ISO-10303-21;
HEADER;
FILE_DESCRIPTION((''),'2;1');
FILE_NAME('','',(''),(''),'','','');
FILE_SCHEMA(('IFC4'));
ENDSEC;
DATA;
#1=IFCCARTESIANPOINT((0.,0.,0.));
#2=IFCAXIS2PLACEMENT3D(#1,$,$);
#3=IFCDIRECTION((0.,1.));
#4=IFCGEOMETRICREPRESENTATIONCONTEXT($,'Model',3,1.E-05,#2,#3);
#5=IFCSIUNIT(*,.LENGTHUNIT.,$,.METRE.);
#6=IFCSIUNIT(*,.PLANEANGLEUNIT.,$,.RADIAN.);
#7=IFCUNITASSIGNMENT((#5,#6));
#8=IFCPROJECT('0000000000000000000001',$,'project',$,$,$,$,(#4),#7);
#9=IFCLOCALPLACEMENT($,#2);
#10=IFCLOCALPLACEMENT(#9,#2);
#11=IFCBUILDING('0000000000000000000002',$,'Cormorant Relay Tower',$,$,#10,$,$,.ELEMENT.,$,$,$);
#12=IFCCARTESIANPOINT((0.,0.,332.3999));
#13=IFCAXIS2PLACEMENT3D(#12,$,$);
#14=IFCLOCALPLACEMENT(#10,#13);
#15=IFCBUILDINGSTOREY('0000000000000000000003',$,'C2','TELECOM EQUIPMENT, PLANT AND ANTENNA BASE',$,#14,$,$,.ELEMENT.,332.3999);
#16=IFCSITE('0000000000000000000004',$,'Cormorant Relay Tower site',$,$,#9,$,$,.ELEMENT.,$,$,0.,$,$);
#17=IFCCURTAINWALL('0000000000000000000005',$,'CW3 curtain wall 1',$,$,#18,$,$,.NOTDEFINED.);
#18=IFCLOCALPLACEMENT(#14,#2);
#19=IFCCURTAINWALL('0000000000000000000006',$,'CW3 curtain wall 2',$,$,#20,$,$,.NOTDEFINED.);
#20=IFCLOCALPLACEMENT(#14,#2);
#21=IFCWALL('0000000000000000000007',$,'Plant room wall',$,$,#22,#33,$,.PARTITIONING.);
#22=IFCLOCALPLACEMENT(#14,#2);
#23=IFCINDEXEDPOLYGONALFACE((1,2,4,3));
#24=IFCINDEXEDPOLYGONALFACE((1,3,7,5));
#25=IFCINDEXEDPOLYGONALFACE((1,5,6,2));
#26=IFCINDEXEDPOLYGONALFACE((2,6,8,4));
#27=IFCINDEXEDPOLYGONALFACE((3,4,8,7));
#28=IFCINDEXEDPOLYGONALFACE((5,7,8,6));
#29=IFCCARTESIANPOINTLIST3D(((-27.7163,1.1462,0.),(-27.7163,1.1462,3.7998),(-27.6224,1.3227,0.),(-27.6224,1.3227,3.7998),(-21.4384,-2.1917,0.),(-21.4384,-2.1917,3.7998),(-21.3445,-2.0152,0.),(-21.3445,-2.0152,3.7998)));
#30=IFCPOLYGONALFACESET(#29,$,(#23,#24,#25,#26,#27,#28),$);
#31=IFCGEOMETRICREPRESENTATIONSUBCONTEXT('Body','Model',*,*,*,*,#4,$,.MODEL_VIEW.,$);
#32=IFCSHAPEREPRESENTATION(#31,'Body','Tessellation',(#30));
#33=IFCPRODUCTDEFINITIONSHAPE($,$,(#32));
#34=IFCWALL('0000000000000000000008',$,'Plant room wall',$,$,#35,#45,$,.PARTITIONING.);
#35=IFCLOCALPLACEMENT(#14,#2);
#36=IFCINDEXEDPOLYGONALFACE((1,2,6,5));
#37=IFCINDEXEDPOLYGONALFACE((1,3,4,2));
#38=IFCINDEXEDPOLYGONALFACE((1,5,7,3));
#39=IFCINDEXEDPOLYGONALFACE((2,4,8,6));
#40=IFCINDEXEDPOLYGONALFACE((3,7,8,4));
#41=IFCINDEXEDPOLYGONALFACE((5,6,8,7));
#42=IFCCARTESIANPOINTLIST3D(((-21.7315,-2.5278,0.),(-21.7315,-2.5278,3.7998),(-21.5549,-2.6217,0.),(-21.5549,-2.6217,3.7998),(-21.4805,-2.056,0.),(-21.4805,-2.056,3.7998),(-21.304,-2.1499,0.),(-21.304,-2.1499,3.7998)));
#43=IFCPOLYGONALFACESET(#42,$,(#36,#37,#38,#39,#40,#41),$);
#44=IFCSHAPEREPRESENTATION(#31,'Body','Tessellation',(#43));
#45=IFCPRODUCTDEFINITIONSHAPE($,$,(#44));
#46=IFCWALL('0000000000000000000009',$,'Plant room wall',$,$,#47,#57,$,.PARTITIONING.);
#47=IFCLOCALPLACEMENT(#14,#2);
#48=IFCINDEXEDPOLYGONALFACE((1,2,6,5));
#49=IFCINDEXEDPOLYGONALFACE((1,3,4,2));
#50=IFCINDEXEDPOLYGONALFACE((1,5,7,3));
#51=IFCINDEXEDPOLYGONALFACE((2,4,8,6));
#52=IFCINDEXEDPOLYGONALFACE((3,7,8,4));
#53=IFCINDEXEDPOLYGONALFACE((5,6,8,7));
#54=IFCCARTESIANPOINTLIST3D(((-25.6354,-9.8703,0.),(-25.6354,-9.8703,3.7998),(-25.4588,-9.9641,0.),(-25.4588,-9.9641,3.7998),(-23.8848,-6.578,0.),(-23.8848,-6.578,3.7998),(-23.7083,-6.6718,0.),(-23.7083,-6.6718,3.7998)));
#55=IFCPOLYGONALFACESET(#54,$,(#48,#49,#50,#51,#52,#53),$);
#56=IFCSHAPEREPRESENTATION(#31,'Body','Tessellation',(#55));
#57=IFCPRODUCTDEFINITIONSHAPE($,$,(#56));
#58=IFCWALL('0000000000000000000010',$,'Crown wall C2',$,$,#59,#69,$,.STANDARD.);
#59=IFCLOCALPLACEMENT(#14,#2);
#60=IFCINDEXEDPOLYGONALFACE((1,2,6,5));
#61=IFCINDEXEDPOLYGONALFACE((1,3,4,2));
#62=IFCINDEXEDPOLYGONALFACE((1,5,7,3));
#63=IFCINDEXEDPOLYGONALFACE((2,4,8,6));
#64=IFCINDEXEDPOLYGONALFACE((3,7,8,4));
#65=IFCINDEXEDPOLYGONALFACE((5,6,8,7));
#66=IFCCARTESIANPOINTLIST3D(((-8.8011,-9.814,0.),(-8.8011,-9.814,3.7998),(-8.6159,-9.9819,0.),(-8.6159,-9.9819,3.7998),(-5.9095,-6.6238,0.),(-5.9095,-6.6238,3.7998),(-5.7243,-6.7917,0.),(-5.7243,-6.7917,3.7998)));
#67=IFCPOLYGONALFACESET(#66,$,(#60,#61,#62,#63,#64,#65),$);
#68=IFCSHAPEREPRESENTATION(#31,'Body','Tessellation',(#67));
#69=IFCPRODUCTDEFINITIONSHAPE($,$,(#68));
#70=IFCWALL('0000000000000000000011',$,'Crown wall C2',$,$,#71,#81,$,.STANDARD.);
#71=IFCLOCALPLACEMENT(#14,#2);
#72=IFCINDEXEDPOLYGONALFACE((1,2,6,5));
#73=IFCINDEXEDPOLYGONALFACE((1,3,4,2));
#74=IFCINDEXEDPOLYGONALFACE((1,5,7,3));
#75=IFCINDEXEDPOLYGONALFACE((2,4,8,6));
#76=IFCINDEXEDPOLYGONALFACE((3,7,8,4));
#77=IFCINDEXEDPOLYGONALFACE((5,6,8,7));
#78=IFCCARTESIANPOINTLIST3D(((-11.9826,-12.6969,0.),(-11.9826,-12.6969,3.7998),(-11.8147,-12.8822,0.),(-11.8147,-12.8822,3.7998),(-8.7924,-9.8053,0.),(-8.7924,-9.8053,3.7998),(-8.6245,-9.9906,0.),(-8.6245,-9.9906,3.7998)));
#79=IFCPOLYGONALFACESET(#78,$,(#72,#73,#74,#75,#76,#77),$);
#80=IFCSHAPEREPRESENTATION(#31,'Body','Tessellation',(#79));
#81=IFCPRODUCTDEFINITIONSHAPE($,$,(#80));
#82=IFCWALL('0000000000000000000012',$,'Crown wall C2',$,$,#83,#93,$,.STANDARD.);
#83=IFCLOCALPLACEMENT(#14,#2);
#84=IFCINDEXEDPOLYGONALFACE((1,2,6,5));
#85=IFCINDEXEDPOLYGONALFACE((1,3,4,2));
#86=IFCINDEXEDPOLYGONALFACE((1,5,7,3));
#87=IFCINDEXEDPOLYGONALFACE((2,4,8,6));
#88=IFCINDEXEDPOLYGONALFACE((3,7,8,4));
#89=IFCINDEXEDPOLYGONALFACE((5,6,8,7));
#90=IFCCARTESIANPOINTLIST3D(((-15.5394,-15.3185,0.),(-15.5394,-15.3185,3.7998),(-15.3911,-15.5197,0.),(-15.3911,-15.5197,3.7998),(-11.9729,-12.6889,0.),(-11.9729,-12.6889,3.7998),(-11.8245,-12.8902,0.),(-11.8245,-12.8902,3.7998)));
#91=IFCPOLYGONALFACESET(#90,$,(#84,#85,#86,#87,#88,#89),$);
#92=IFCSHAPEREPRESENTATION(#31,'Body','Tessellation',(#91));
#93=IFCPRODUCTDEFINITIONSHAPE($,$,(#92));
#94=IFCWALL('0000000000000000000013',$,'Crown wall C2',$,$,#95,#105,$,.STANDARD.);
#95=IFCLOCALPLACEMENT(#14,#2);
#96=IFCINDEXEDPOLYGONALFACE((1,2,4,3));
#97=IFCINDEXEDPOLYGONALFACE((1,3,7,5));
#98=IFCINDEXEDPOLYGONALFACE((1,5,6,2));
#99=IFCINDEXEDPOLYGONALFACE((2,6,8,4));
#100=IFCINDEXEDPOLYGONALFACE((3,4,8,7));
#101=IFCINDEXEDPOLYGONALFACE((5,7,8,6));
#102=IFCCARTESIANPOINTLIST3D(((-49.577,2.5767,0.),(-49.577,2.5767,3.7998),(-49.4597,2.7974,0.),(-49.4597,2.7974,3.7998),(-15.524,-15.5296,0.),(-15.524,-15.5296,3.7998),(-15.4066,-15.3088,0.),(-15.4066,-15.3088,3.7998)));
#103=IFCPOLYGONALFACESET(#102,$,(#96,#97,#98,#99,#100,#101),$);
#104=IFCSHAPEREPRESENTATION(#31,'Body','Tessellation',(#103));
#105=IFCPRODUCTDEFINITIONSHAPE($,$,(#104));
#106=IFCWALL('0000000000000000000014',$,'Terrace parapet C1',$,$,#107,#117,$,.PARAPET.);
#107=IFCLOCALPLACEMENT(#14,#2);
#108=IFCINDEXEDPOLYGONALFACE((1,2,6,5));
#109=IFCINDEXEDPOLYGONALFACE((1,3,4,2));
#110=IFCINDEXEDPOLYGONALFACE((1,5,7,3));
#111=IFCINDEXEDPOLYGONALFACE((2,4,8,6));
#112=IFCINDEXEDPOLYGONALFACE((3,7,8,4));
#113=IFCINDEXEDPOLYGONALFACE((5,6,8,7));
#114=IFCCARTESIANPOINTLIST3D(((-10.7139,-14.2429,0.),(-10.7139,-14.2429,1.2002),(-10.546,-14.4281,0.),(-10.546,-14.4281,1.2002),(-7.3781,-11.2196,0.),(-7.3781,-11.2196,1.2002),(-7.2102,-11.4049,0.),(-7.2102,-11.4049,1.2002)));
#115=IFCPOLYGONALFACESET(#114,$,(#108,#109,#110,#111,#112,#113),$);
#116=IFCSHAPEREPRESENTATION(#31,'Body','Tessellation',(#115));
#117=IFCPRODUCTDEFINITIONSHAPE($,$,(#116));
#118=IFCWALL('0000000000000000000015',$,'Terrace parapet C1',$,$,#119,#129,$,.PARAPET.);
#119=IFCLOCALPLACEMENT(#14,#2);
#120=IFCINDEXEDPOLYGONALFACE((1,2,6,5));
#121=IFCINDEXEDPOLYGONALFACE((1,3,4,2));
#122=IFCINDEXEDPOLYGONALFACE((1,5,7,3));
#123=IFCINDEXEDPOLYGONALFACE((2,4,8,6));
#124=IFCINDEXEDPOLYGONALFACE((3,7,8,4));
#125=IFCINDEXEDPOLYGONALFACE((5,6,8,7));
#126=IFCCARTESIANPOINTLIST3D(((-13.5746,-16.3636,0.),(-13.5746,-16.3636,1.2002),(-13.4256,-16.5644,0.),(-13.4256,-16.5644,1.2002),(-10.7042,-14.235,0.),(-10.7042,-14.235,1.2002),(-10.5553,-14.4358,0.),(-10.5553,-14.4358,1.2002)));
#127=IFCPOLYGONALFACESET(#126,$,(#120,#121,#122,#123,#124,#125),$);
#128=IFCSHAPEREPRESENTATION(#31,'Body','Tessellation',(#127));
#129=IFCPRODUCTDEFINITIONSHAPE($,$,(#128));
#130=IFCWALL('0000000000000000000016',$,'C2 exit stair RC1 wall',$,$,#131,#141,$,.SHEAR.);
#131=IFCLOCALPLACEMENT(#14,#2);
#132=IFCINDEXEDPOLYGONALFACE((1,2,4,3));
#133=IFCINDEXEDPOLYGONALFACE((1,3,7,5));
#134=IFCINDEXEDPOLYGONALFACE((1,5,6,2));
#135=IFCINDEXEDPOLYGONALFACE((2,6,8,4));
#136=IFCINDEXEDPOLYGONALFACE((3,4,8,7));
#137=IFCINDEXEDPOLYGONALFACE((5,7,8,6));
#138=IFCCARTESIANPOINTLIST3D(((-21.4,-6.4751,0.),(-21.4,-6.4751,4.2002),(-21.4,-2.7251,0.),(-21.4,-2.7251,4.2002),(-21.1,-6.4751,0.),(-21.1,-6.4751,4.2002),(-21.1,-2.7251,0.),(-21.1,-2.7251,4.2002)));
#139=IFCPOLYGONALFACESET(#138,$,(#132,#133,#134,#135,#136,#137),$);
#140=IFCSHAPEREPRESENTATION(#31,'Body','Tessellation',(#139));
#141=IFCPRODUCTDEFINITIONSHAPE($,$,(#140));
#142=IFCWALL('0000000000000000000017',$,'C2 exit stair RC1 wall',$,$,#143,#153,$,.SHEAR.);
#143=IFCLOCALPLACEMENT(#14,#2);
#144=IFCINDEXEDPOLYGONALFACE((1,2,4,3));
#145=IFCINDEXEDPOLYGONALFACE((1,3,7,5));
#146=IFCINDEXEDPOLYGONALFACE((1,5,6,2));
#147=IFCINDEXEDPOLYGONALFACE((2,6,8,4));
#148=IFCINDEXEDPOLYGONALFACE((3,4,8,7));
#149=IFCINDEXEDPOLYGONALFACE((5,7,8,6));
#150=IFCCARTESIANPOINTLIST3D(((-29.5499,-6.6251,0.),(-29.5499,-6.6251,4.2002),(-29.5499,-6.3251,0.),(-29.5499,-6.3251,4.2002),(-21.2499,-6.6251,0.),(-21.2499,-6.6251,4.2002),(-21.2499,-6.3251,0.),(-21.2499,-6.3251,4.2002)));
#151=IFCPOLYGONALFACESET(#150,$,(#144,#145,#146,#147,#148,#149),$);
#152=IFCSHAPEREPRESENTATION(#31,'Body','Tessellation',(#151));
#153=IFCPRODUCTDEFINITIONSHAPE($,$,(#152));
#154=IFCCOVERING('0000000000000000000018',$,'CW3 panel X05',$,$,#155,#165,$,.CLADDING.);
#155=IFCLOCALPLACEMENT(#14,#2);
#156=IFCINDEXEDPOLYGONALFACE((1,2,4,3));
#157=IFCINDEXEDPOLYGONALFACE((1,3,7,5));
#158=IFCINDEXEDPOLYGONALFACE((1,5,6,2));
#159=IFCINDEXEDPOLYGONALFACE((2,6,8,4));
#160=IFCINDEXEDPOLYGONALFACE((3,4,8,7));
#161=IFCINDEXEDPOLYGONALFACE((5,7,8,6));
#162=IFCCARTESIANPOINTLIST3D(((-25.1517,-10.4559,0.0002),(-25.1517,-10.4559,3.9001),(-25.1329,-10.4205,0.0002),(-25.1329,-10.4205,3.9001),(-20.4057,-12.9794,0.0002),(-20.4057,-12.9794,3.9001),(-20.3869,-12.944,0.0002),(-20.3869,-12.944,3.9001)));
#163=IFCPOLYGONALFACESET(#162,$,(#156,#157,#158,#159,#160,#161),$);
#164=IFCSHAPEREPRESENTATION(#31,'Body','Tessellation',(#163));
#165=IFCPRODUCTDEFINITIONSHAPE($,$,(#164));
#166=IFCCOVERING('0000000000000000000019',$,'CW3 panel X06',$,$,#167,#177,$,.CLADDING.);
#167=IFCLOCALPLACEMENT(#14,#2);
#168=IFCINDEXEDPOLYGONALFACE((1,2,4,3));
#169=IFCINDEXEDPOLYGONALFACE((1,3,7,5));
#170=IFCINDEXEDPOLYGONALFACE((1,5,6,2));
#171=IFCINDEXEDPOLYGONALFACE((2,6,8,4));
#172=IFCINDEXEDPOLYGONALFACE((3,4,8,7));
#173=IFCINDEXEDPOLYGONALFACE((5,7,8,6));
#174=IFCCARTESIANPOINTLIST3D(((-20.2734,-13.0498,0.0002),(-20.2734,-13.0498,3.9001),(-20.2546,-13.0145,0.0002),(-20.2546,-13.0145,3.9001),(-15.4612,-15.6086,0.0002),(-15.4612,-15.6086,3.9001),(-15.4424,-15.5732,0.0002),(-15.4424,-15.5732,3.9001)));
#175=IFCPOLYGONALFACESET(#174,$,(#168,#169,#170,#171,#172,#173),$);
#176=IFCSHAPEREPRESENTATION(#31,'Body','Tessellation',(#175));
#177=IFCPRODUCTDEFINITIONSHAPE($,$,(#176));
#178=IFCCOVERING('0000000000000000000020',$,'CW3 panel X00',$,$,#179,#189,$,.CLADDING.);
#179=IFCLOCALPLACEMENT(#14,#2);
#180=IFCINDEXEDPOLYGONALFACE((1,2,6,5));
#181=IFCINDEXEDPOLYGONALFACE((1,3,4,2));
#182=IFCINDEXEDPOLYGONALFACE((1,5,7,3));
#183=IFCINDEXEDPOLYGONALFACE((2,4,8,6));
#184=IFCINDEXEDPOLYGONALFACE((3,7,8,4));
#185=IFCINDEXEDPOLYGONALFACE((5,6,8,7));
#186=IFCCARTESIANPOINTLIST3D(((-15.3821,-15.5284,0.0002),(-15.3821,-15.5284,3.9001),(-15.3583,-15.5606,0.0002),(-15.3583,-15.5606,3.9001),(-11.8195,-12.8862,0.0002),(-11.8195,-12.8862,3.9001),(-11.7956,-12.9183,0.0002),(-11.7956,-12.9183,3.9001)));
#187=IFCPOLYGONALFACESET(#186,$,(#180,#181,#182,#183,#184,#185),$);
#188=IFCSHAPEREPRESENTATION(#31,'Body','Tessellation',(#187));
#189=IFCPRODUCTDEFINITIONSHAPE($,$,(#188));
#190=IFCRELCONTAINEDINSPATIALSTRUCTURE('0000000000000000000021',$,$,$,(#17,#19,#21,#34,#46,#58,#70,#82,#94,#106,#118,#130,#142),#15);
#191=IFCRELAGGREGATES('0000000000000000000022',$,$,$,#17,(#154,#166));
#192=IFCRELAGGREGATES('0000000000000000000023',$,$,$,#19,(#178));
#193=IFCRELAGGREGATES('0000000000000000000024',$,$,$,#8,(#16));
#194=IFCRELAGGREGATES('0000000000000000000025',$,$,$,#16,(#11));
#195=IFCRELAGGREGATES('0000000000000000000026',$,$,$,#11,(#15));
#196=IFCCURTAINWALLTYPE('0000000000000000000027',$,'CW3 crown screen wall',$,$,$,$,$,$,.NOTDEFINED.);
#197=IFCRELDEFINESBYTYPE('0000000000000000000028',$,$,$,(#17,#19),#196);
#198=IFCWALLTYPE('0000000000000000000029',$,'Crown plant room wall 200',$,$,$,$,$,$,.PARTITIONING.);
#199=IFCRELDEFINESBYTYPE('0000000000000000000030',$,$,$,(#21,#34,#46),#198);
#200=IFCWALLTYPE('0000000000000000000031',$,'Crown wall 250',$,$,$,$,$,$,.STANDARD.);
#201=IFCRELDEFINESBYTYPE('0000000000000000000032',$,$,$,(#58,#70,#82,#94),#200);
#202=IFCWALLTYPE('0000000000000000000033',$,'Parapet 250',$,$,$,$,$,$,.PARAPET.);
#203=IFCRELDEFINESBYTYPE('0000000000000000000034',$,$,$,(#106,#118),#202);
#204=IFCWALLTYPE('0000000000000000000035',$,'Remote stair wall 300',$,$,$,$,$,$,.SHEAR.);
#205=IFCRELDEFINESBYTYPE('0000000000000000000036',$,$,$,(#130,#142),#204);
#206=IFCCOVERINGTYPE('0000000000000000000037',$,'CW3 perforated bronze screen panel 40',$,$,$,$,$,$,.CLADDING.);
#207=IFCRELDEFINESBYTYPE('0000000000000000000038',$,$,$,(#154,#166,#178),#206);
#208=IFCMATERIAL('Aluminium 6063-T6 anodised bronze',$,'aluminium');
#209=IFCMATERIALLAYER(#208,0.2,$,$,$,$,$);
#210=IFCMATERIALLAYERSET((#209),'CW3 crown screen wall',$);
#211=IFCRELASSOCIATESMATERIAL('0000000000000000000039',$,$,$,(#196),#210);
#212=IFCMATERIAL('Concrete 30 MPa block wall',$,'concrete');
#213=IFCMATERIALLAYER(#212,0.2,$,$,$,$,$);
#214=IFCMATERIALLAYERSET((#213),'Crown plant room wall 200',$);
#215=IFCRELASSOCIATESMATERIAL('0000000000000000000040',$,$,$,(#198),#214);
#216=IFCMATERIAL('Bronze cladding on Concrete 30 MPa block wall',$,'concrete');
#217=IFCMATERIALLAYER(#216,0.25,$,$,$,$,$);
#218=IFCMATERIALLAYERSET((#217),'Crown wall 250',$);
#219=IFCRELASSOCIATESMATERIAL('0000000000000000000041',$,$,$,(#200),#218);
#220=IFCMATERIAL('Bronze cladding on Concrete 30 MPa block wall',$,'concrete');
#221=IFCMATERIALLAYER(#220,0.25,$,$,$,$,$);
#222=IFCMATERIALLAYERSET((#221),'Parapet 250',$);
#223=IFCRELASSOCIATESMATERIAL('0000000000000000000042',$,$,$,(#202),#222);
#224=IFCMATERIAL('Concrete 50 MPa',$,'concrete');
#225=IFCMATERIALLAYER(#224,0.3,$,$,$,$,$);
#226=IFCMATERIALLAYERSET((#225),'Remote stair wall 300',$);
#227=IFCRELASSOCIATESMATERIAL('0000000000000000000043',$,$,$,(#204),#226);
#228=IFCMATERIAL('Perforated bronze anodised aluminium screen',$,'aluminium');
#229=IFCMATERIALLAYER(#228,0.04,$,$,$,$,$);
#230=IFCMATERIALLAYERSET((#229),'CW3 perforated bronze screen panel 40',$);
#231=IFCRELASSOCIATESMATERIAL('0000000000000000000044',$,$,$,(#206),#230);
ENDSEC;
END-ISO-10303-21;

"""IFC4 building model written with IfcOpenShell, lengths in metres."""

from ifc_helpers import new_model, si_unit, direction, frame, frame_2d, origin, origin_2d, place, context, subcontext, project, spatial, rectangle, extrude, material, layer, layer_set, type_object, element, aggregate, save


model = new_model("IFC4")

# Units and contexts
model_context = context("Model", 3, precision=1e-05, world=origin(), true_north=direction((0.0, 1.0)))
body_context = subcontext(model_context, "Body", "Model", "MODEL_VIEW")
ifc_project = project(units=[si_unit("LENGTHUNIT", "METRE"), si_unit("PLANEANGLEUNIT", "RADIAN")], contexts=[model_context])

# Site, building, storey
site_placement = place(None, origin())
site = spatial("IfcSite", under=ifc_project, at=site_placement, Name="Cormorant Relay Tower site", CompositionType="ELEMENT", RefElevation=0.0)
building_placement = place(site_placement, origin())
building = spatial("IfcBuilding", under=site, at=building_placement, Name="Cormorant Relay Tower", CompositionType="ELEMENT")
storey_placement = place(building_placement, frame((0.0, 0.0, 332.3999)))
storey = spatial("IfcBuildingStorey", under=building, at=storey_placement, Name="C2", Description="TELECOM EQUIPMENT, PLANT AND ANTENNA BASE", CompositionType="ELEMENT", Elevation=332.3999)

# Curtain walls
ifc_material_1 = material(Name="Aluminium 6063-T6 anodised bronze", Category="aluminium")
ifc_layer_1 = layer(ifc_material_1, 0.2)
ifc_layer_set_1 = layer_set([ifc_layer_1], Name="CW3 crown screen wall")
curtain_wall_type = type_object("IfcCurtainWallType", Name="CW3 crown screen wall", PredefinedType="NOTDEFINED", material=ifc_layer_set_1)
curtain_wall_1_placement = place(storey_placement, origin())
curtain_wall_1 = element("IfcCurtainWall", 1, at=curtain_wall_1_placement, inside=storey, type_object=curtain_wall_type, Name="CW3 curtain wall 1", PredefinedType="NOTDEFINED")
curtain_wall_2_placement = place(storey_placement, origin())
curtain_wall_2 = element("IfcCurtainWall", 2, at=curtain_wall_2_placement, inside=storey, type_object=curtain_wall_type, Name="CW3 curtain wall 2", PredefinedType="NOTDEFINED")

# Walls
ifc_material_2 = material(Name="Concrete 30 MPa block wall", Category="concrete")
ifc_layer_2 = layer(ifc_material_2, 0.2)
ifc_layer_set_2 = layer_set([ifc_layer_2], Name="Crown plant room wall 200")
wall_type_1 = type_object("IfcWallType", Name="Crown plant room wall 200", PredefinedType="PARTITIONING", material=ifc_layer_set_2)
wall_1_placement = place(storey_placement, frame((-21.3914, -2.1035, 0.0), z_axis=(0.0, 0.0, 1.0), x_axis=(-0.882953, 0.469461, 0.0)))
element("IfcWall", 3, at=wall_1_placement, inside=storey, type_object=wall_type_1, Name="Plant room wall", PredefinedType="PARTITIONING", context=body_context, shape_type="SweptSolid", body=[
    extrude(rectangle(XDim=7.1101, YDim=0.2, at=frame_2d((3.5552, 0.0))), origin(), (0.0, 0.0, 1.0), 3.7998),
])
wall_2_placement = place(storey_placement, frame((-21.3923, -2.103, 0.0), z_axis=(0.0, 0.0, 1.0), x_axis=(-0.469545, -0.882909, 0.0)))
element("IfcWall", 4, at=wall_2_placement, inside=storey, type_object=wall_type_1, Name="Plant room wall", PredefinedType="PARTITIONING", context=body_context, shape_type="SweptSolid", body=[
    extrude(rectangle(XDim=0.5344, YDim=0.2, at=frame_2d((0.2671, 0.0))), origin(), (0.0, 0.0, 1.0), 3.7998),
])
wall_3_placement = place(storey_placement, frame((-23.7966, -6.625, 0.0), z_axis=(0.0, 0.0, 1.0), x_axis=(-0.469466, -0.88295, 0.0)))
element("IfcWall", 5, at=wall_3_placement, inside=storey, type_object=wall_type_1, Name="Plant room wall", PredefinedType="PARTITIONING", context=body_context, shape_type="SweptSolid", body=[
    extrude(rectangle(XDim=3.7288, YDim=0.2, at=frame_2d((1.8643, 0.0))), origin(), (0.0, 0.0, 1.0), 3.7998),
])
ifc_material_3 = material(Name="Bronze cladding on Concrete 30 MPa block wall", Category="concrete")
ifc_layer_3 = layer(ifc_material_3, 0.25)
ifc_layer_set_3 = layer_set([ifc_layer_3], Name="Crown wall 250")
wall_type_2 = type_object("IfcWallType", Name="Crown wall 250", PredefinedType="STANDARD", material=ifc_layer_set_3)
for number, where, z_axis, x_axis, name in (
    (6, (-5.8169, -6.7078, 0.0), (0.0, 0.0, 1.0), (-0.671583, -0.74093, 0.0), "Crown wall C2"),
    (7, (-8.7085, -9.8979, 0.0), (0.0, 0.0, 1.0), (-0.74093, -0.671583, 0.0), "Crown wall C2"),
):
    element("IfcWall", number, at=place(storey_placement, frame(where, z_axis=z_axis, x_axis=x_axis)), inside=storey, type_object=wall_type_2, Name=name, PredefinedType="STANDARD", context=body_context, shape_type="SweptSolid", body=[
        extrude(rectangle(XDim=4.3057, YDim=0.25, at=frame_2d((2.1528, 0.0))), origin(), (0.0, 0.0, 1.0), 3.7998),
    ])
wall_4_placement = place(storey_placement, frame((-11.8987, -12.7896, 0.0), z_axis=(0.0, 0.0, 1.0), x_axis=(-0.804885, -0.59343, 0.0)))
element("IfcWall", 8, at=wall_4_placement, inside=storey, type_object=wall_type_2, Name="Crown wall C2", PredefinedType="STANDARD", context=body_context, shape_type="SweptSolid", body=[
    extrude(rectangle(XDim=4.4312, YDim=0.25, at=frame_2d((2.2156, 0.0))), origin(), (0.0, 0.0, 1.0), 3.7998),
])
wall_5_placement = place(storey_placement, frame((-15.4653, -15.4192, 0.0), z_axis=(0.0, 0.0, 1.0), x_axis=(-0.882949, 0.46947, 0.0)))
element("IfcWall", 9, at=wall_5_placement, inside=storey, type_object=wall_type_2, Name="Crown wall C2", PredefinedType="STANDARD", context=body_context, shape_type="SweptSolid", body=[
    extrude(rectangle(XDim=38.5674, YDim=0.25, at=frame_2d((19.2837, 0.0))), origin(), (0.0, 0.0, 1.0), 3.7998),
])
ifc_material_4 = material(Name="Bronze cladding on Concrete 30 MPa block wall", Category="concrete")
ifc_layer_4 = layer(ifc_material_4, 0.25)
ifc_layer_set_4 = layer_set([ifc_layer_4], Name="Parapet 250")
wall_type_3 = type_object("IfcWallType", Name="Parapet 250", PredefinedType="PARAPET", material=ifc_layer_set_4)
wall_6_placement = place(storey_placement, frame((-7.2942, -11.3123, 0.0), z_axis=(0.0, 0.0, 1.0), x_axis=(-0.740962, -0.671546, 0.0)))
element("IfcWall", 10, at=wall_6_placement, inside=storey, type_object=wall_type_3, Name="Terrace parapet C1", PredefinedType="PARAPET", context=body_context, shape_type="SweptSolid", body=[
    extrude(rectangle(XDim=4.502, YDim=0.25, at=frame_2d((2.251, 0.0))), origin(), (0.0, 0.0, 1.0), 1.2002),
])
wall_7_placement = place(storey_placement, frame((-10.6299, -14.3354, 0.0), z_axis=(0.0, 0.0, 1.0), x_axis=(-0.803227, -0.595673, 0.0)))
element("IfcWall", 11, at=wall_7_placement, inside=storey, type_object=wall_type_3, Name="Terrace parapet C1", PredefinedType="PARAPET", context=body_context, shape_type="SweptSolid", body=[
    extrude(rectangle(XDim=3.5735, YDim=0.25, at=frame_2d((1.7866, 0.0))), origin(), (0.0, 0.0, 1.0), 1.2002),
])
ifc_material_5 = material(Name="Concrete 50 MPa", Category="concrete")
ifc_layer_5 = layer(ifc_material_5, 0.3)
ifc_layer_set_5 = layer_set([ifc_layer_5], Name="Remote stair wall 300")
wall_type_4 = type_object("IfcWallType", Name="Remote stair wall 300", PredefinedType="SHEAR", material=ifc_layer_set_5)
wall_8_placement = place(storey_placement, frame((-21.25, -2.7251, 0.0), z_axis=(0.0, 0.0, 1.0), x_axis=(0.0, -1.0, 0.0)))
element("IfcWall", 12, at=wall_8_placement, inside=storey, type_object=wall_type_4, Name="C2 exit stair RC1 wall", PredefinedType="SHEAR", context=body_context, shape_type="SweptSolid", body=[
    extrude(rectangle(XDim=3.75, YDim=0.3, at=frame_2d((1.875, 0.0))), origin(), (0.0, 0.0, 1.0), 4.2002),
])
wall_9_placement = place(storey_placement, frame((-21.25, -6.4751, 0.0), z_axis=(0.0, 0.0, 1.0), x_axis=(-1.0, 0.0, 0.0)))
element("IfcWall", 13, at=wall_9_placement, inside=storey, type_object=wall_type_4, Name="C2 exit stair RC1 wall", PredefinedType="SHEAR", context=body_context, shape_type="SweptSolid", body=[
    extrude(rectangle(XDim=8.3, YDim=0.3, at=frame_2d((4.1499, 0.0))), origin(), (0.0, 0.0, 1.0), 4.2002),
])

# Coverings
ifc_material_6 = material(Name="Perforated bronze anodised aluminium screen", Category="aluminium")
ifc_layer_6 = layer(ifc_material_6, 0.04)
ifc_layer_set_6 = layer_set([ifc_layer_6], Name="CW3 perforated bronze screen panel 40")
covering_type = type_object("IfcCoveringType", Name="CW3 perforated bronze screen panel 40", PredefinedType="CLADDING", material=ifc_layer_set_6)
covering_1_placement = place(storey_placement, frame((-22.7693, -11.7, 0.0002), z_axis=(0.0, 0.0, 1.0), x_axis=(0.882948, -0.469472, 0.0)))
covering_1 = element("IfcCovering", 14, at=covering_1_placement, type_object=covering_type, Name="CW3 panel X05", PredefinedType="CLADDING", context=body_context, shape_type="SweptSolid", body=[
    extrude(rectangle(XDim=5.3752, YDim=0.04, at=origin_2d()), origin(), (0.0, 0.0, 1.0), 3.8999),
])
covering_2_placement = place(storey_placement, frame((-17.8579, -14.3115, 0.0002), z_axis=(0.0, 0.0, 1.0), x_axis=(0.882948, -0.469472, 0.0)))
covering_2 = element("IfcCovering", 15, at=covering_2_placement, type_object=covering_type, Name="CW3 panel X06", PredefinedType="CLADDING", context=body_context, shape_type="SweptSolid", body=[
    extrude(rectangle(XDim=5.4502, YDim=0.04, at=origin_2d()), origin(), (0.0, 0.0, 1.0), 3.8999),
])
aggregate(curtain_wall_1, [covering_1, covering_2])
covering_3_placement = place(storey_placement, frame((-13.5889, -14.2234, 0.0002), z_axis=(0.0, 0.0, 1.0), x_axis=(0.803208, 0.595699, 0.0)))
covering_3 = element("IfcCovering", 16, at=covering_3_placement, type_object=covering_type, Name="CW3 panel X00", PredefinedType="CLADDING", context=body_context, shape_type="SweptSolid", body=[
    extrude(rectangle(XDim=4.4355, YDim=0.04, at=origin_2d()), origin(), (0.0, 0.0, 1.0), 3.8999),
])
aggregate(curtain_wall_2, [covering_3])

save(model, "model.ifc")
